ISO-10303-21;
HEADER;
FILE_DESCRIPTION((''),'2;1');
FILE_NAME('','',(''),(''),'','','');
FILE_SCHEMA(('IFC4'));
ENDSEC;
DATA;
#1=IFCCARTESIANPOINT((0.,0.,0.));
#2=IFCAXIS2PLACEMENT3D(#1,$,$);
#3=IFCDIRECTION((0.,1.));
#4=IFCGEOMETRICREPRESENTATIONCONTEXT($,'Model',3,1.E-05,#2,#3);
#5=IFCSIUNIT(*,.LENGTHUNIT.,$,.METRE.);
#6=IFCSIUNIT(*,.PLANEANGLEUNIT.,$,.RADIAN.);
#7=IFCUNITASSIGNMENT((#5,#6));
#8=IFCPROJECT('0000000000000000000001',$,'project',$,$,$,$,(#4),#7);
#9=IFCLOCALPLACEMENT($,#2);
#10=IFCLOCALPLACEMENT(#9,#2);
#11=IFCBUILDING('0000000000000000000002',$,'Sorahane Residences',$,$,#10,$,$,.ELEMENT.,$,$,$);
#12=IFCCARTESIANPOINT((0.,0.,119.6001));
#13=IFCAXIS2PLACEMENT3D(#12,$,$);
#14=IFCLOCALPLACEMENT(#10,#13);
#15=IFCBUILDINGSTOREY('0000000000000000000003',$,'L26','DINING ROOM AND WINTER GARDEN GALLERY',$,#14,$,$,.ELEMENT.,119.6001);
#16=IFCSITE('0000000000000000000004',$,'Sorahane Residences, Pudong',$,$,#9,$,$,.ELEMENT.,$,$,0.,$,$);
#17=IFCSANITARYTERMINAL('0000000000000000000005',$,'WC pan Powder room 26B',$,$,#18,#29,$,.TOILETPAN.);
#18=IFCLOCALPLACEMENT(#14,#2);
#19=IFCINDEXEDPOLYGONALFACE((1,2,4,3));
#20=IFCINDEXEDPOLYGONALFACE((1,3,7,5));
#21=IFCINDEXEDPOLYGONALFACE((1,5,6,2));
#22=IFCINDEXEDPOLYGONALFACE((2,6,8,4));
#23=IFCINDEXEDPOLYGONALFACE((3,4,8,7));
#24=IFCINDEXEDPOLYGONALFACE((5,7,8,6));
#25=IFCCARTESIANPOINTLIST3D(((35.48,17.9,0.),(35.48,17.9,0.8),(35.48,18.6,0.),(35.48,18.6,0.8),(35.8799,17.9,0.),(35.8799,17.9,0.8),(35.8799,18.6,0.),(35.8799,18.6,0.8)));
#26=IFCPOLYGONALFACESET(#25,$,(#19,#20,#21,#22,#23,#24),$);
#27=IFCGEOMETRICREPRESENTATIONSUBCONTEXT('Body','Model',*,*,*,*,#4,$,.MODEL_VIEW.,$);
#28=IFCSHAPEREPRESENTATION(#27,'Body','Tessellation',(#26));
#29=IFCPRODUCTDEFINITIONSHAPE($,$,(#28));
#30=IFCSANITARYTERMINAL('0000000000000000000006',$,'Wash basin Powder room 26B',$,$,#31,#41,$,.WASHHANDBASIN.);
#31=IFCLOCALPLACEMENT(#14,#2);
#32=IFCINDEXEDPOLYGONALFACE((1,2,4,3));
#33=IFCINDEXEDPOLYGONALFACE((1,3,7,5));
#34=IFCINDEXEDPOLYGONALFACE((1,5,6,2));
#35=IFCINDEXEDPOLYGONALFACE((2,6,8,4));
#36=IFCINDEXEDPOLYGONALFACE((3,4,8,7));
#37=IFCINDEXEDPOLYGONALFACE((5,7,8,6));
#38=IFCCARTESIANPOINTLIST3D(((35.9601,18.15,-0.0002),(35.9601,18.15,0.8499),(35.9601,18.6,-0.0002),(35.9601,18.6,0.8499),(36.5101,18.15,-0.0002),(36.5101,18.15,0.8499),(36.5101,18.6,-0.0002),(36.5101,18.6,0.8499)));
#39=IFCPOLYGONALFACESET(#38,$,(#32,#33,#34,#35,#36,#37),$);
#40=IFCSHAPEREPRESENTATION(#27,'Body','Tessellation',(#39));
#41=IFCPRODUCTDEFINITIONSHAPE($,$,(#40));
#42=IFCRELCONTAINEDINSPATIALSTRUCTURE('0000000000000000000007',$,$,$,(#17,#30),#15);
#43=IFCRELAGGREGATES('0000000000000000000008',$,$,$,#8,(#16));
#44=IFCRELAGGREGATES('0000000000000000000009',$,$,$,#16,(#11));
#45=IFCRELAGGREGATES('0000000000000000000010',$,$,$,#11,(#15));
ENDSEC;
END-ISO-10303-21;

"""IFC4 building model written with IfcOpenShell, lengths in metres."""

from ifc_helpers import new_model, si_unit, direction, frame, origin, origin_2d, place, context, subcontext, project, spatial, rectangle, extrude, element, save


model = new_model("IFC4")

# Units and contexts
model_context = context("Model", 3, precision=1e-05, world=origin(), true_north=direction((0.0, 1.0)))
body_context = subcontext(model_context, "Body", "Model", "MODEL_VIEW")
ifc_project = project(units=[si_unit("LENGTHUNIT", "METRE"), si_unit("PLANEANGLEUNIT", "RADIAN")], contexts=[model_context])

# Site, building, storey
site_placement = place(None, origin())
site = spatial("IfcSite", under=ifc_project, at=site_placement, Name="Sorahane Residences, Pudong", CompositionType="ELEMENT", RefElevation=0.0)
building_placement = place(site_placement, origin())
building = spatial("IfcBuilding", under=site, at=building_placement, Name="Sorahane Residences", CompositionType="ELEMENT")
storey_placement = place(building_placement, frame((0.0, 0.0, 119.6001)))
storey = spatial("IfcBuildingStorey", under=building, at=storey_placement, Name="L26", Description="DINING ROOM AND WINTER GARDEN GALLERY", CompositionType="ELEMENT", Elevation=119.6001)

# Sanitary terminals
sanitary_terminal_1_placement = place(storey_placement, frame((35.6799, 18.25, 0.0), z_axis=(0.0, 0.0, 1.0), x_axis=(1.0, 0.0, 0.0)))
element("IfcSanitaryTerminal", 1, at=sanitary_terminal_1_placement, inside=storey, Name="WC pan Powder room 26B", PredefinedType="TOILETPAN", context=body_context, shape_type="SweptSolid", body=[
    extrude(rectangle(XDim=0.3999, YDim=0.7, at=origin_2d()), origin(), (0.0, 0.0, 1.0), 0.8),
])
sanitary_terminal_2_placement = place(storey_placement, frame((36.2351, 18.375, -0.0002), z_axis=(0.0, 0.0, 1.0), x_axis=(1.0, 0.0, 0.0)))
element("IfcSanitaryTerminal", 2, at=sanitary_terminal_2_placement, inside=storey, Name="Wash basin Powder room 26B", PredefinedType="WASHHANDBASIN", context=body_context, shape_type="SweptSolid", body=[
    extrude(rectangle(XDim=0.55, YDim=0.45, at=origin_2d()), origin(), (0.0, 0.0, 1.0), 0.8501),
])

save(model, "model.ifc")
